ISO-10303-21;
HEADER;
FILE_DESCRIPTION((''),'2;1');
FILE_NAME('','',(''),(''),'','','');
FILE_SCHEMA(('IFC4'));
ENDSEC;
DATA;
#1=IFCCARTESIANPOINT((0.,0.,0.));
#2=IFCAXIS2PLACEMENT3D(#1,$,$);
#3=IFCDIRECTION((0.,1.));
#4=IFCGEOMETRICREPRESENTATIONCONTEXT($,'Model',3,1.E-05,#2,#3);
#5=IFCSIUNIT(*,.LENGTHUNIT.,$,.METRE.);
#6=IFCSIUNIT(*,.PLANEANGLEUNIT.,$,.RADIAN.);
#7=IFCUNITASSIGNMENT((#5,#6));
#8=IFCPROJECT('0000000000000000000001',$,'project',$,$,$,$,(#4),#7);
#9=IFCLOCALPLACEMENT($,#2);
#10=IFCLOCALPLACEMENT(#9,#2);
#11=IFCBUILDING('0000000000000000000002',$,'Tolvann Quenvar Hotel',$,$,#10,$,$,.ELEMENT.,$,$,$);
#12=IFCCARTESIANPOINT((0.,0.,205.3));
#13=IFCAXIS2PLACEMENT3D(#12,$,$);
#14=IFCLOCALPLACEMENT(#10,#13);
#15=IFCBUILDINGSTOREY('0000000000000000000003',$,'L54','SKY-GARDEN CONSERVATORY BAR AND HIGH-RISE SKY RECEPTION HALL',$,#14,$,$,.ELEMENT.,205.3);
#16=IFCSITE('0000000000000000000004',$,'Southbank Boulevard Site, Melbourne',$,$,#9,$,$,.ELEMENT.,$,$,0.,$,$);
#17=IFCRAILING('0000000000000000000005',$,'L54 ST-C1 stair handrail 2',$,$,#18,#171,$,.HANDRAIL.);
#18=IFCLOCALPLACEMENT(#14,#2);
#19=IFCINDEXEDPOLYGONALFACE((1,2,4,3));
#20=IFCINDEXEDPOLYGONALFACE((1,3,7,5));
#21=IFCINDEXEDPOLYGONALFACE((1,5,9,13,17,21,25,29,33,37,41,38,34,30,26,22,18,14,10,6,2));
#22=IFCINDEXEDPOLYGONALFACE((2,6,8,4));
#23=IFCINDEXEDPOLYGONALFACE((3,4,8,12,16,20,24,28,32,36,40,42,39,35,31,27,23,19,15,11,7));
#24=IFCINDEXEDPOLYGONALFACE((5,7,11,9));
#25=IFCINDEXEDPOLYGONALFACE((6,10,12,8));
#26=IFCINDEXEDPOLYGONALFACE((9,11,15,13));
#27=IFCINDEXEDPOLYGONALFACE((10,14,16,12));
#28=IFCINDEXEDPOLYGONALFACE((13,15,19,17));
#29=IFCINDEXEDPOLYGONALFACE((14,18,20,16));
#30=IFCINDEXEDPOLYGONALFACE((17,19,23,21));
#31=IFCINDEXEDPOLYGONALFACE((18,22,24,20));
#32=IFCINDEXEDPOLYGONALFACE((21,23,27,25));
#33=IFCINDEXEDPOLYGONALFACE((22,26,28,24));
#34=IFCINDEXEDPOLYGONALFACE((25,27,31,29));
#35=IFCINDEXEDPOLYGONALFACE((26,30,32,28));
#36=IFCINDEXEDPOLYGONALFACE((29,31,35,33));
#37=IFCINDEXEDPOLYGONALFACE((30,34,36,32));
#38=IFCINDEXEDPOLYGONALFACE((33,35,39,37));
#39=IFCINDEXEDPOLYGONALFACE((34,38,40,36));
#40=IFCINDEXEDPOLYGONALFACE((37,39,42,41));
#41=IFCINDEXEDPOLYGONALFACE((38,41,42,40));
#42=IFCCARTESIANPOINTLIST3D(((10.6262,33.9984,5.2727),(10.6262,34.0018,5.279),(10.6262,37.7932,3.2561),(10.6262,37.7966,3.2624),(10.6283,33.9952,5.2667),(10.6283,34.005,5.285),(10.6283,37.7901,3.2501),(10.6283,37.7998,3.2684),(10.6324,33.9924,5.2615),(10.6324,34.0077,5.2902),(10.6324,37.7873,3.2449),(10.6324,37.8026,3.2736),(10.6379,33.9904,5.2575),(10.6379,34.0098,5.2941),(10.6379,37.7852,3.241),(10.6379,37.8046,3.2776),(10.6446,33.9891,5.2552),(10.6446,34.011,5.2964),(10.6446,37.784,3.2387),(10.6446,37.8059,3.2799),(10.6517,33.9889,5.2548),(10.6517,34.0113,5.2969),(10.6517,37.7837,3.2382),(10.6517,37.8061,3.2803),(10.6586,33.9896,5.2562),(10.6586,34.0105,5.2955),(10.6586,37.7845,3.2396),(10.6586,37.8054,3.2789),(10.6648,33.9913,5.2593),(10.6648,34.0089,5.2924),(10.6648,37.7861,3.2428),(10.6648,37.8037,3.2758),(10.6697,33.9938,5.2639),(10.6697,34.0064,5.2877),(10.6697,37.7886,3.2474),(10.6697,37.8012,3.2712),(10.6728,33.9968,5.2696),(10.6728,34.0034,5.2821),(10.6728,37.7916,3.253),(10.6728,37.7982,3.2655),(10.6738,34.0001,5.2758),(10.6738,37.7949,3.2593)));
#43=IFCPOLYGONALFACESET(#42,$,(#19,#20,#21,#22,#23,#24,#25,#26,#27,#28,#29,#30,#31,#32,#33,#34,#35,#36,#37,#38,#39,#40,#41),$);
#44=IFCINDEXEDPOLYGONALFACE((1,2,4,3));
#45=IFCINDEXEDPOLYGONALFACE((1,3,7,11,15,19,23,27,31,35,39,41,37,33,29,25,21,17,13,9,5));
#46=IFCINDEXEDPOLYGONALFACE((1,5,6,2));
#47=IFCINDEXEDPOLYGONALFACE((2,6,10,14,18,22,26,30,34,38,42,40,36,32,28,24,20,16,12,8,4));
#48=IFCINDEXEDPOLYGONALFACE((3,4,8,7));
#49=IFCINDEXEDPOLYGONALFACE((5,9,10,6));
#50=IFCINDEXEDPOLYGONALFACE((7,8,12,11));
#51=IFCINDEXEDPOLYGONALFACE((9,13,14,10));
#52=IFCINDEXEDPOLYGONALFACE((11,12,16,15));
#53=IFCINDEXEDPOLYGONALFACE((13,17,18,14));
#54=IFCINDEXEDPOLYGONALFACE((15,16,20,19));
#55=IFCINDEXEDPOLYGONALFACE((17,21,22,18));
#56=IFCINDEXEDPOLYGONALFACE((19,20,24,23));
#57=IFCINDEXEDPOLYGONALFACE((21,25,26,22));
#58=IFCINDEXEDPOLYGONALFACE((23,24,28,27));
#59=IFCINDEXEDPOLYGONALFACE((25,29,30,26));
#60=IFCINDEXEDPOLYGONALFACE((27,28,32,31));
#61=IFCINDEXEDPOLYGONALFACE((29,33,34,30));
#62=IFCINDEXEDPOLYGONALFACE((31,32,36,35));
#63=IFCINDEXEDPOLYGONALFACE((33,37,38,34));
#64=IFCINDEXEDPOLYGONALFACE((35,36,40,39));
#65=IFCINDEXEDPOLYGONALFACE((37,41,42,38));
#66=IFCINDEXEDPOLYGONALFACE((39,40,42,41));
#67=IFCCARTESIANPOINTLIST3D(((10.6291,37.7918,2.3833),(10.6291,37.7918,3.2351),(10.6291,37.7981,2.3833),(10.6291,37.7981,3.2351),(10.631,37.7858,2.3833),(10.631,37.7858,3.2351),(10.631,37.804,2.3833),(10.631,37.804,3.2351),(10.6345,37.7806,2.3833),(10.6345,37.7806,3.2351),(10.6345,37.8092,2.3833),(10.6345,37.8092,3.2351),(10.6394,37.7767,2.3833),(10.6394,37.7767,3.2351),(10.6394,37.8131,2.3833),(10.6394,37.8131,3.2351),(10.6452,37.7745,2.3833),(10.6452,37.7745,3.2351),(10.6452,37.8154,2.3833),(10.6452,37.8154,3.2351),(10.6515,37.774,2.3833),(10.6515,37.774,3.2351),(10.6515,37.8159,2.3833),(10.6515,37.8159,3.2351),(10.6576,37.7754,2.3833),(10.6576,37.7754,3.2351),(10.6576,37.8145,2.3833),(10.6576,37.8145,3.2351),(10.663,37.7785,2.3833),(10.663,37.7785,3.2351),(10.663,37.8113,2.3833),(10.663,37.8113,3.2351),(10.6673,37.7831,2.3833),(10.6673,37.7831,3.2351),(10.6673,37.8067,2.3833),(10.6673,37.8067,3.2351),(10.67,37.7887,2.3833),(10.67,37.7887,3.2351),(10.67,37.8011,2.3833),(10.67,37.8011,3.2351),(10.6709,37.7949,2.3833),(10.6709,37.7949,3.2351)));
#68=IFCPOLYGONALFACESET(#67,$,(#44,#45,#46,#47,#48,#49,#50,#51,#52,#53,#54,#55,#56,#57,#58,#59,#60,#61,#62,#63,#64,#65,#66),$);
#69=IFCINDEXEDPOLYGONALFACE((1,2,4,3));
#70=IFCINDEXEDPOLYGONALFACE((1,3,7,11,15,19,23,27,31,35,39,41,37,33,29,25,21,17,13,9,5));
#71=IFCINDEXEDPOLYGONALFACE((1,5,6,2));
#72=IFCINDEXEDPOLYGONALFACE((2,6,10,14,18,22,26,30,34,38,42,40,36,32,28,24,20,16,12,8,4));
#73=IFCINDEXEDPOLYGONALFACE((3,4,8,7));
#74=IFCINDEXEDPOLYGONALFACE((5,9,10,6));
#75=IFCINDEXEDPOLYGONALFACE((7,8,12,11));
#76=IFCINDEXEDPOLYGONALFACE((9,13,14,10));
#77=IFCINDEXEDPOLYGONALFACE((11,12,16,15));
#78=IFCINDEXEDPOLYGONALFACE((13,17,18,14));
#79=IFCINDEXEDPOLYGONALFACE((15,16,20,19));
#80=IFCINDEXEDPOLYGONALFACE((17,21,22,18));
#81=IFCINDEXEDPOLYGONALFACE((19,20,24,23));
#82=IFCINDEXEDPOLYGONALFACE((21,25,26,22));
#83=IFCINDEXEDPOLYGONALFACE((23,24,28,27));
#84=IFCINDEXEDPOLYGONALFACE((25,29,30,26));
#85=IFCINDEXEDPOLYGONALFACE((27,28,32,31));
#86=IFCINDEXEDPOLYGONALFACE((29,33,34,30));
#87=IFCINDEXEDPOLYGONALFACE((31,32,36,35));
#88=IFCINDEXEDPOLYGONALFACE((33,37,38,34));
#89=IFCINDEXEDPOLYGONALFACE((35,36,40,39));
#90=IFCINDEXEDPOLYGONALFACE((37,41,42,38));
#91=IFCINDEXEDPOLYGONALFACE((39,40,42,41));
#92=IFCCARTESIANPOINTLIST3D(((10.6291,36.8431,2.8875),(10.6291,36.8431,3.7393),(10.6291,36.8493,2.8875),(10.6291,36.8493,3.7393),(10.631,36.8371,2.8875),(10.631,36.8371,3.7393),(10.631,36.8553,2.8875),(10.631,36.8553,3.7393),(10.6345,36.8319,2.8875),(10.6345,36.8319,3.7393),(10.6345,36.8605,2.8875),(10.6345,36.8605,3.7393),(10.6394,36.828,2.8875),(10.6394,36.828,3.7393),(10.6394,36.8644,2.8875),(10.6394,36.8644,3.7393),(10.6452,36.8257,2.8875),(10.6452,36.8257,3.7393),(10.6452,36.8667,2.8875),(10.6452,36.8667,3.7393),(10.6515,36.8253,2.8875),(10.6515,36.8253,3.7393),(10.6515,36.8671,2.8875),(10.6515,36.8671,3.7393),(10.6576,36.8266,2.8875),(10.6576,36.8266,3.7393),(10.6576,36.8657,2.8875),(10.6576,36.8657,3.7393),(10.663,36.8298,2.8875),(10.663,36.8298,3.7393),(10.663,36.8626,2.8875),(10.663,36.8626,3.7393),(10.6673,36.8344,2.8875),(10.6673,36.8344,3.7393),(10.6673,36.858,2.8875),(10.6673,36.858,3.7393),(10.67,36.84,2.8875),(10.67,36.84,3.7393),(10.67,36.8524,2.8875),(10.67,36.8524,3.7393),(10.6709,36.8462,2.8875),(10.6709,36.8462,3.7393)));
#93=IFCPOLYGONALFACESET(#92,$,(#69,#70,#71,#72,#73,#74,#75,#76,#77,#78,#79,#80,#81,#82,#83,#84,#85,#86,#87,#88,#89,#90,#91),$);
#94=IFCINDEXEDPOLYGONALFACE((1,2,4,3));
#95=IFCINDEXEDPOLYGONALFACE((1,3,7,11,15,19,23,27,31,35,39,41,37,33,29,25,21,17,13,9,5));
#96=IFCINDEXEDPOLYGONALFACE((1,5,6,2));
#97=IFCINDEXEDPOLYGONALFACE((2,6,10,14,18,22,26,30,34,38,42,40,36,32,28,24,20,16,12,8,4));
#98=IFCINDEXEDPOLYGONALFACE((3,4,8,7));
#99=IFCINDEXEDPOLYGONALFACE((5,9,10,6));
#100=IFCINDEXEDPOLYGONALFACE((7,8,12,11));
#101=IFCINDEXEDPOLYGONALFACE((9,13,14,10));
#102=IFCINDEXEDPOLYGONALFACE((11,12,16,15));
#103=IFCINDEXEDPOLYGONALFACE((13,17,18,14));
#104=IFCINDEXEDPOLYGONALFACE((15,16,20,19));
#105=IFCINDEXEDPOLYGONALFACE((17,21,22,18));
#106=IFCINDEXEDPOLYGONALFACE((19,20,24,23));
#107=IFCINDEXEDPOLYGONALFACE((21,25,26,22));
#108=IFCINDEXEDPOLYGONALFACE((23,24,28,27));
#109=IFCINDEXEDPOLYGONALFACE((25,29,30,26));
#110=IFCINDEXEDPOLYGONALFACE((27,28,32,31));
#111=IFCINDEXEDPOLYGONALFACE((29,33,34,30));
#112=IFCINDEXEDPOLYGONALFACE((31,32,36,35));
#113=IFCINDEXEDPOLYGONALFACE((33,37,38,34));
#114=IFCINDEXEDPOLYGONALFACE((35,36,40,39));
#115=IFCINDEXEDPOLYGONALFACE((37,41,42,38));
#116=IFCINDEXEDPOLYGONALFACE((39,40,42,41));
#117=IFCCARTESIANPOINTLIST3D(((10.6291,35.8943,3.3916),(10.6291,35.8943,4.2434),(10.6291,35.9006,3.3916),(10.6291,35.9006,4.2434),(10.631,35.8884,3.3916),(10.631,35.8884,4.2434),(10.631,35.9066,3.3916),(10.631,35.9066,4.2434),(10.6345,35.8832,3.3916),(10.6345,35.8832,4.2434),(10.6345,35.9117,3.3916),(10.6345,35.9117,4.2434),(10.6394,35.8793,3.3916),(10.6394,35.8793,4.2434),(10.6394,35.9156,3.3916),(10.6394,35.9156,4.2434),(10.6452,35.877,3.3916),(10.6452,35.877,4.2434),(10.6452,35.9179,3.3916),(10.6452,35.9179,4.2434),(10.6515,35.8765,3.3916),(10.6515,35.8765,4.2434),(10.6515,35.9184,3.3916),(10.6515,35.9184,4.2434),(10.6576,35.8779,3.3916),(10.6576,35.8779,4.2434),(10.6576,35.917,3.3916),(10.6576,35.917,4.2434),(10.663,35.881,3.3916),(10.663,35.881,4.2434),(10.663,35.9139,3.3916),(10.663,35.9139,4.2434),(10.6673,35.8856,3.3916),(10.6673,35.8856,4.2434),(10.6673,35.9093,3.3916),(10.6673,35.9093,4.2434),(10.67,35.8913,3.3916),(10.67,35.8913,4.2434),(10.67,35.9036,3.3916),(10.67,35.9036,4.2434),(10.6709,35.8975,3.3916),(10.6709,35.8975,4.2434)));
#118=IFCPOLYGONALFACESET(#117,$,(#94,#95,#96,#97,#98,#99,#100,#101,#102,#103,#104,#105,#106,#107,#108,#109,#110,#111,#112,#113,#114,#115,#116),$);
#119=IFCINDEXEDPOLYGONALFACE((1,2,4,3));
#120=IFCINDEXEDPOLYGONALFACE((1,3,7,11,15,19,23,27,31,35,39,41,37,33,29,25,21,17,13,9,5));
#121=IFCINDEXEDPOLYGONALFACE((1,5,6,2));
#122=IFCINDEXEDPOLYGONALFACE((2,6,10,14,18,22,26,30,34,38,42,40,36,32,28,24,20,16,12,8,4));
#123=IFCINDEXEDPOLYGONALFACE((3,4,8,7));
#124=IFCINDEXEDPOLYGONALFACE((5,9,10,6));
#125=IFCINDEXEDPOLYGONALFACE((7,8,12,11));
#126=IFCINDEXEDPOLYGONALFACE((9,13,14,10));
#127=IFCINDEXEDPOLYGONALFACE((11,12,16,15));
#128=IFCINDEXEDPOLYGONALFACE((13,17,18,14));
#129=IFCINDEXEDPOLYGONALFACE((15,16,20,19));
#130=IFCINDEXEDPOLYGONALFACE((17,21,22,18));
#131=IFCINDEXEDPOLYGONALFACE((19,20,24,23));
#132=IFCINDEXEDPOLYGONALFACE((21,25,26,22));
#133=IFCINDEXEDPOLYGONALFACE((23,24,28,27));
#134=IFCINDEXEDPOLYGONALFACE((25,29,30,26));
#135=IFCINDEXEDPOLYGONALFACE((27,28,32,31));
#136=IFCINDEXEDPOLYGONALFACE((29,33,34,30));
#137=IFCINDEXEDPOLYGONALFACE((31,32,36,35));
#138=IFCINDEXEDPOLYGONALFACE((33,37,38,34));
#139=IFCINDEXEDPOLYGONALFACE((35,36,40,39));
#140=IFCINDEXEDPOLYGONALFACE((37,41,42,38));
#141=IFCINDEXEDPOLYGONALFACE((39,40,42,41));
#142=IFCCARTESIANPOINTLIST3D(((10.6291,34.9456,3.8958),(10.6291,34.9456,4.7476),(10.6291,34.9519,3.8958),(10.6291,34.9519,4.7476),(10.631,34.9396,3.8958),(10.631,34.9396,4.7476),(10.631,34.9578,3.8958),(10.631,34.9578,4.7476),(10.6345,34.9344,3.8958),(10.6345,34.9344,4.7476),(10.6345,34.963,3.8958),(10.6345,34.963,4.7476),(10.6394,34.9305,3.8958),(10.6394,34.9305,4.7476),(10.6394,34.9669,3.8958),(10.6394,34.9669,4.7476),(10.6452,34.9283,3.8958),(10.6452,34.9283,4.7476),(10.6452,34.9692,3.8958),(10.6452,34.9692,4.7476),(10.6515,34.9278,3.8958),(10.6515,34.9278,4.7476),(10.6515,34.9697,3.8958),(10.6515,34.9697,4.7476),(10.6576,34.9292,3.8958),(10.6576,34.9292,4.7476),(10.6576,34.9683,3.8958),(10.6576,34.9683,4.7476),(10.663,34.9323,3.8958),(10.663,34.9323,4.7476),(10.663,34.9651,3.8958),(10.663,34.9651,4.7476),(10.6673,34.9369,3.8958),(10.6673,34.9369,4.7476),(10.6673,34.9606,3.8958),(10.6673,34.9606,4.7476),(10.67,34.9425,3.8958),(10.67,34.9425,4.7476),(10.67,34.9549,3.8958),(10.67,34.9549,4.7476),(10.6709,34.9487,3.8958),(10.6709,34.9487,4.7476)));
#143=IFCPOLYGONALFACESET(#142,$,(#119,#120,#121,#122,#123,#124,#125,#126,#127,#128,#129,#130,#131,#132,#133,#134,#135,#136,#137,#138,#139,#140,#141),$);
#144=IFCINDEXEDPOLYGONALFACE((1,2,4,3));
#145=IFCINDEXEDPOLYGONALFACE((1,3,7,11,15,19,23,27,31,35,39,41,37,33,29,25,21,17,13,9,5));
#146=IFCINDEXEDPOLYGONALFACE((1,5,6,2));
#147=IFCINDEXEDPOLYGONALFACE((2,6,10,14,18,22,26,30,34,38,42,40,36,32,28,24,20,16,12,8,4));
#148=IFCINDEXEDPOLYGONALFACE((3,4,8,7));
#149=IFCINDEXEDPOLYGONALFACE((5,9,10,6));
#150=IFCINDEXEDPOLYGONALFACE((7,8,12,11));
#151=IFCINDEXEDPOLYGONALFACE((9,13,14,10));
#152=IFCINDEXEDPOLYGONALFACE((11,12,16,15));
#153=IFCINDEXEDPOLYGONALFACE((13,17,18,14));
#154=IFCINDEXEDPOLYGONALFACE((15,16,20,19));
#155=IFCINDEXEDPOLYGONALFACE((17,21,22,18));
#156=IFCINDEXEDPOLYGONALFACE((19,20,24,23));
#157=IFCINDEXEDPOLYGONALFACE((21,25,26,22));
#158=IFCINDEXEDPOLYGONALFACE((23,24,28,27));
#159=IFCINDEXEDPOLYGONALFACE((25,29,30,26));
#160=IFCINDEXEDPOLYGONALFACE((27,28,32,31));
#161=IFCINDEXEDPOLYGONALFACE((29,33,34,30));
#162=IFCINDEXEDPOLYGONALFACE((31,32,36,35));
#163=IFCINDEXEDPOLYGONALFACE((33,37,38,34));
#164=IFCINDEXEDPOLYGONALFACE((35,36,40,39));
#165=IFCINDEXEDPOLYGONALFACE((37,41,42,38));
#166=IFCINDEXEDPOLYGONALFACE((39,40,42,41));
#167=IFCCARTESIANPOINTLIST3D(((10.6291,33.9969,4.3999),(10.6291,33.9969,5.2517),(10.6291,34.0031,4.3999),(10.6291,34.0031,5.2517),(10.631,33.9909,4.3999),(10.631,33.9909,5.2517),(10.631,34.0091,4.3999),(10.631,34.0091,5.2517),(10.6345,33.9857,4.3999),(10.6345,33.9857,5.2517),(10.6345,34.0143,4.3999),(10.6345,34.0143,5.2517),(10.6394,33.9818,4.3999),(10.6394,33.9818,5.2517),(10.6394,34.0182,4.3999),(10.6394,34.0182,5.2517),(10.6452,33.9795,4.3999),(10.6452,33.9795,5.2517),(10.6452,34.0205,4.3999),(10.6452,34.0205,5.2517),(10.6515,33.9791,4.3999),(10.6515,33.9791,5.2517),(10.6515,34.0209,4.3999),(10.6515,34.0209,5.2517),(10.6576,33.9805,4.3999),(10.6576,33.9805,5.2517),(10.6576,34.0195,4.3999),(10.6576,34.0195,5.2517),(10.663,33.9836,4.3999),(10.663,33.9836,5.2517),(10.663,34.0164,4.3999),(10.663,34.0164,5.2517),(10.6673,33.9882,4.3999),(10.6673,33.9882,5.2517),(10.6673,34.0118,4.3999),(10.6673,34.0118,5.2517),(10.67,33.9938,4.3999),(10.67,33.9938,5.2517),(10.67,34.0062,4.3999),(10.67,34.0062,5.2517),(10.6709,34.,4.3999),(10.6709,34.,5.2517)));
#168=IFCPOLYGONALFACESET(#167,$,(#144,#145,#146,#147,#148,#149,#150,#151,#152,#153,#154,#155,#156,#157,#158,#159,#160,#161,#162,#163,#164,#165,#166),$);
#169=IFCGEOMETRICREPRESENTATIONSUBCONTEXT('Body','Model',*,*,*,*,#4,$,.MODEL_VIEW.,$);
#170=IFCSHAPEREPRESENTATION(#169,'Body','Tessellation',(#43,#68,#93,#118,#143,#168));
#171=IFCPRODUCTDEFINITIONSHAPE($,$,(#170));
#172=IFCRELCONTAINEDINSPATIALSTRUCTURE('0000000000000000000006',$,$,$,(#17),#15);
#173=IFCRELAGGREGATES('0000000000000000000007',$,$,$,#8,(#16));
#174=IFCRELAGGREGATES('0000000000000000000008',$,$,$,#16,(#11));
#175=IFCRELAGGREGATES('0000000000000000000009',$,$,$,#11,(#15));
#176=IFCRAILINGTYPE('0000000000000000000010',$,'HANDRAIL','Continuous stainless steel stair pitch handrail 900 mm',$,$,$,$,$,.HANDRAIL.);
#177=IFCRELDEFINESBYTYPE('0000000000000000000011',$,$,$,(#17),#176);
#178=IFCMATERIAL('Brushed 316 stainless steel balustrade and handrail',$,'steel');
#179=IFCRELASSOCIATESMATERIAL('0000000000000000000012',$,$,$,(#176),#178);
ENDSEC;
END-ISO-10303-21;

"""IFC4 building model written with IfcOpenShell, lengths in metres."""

from ifc_helpers import new_model, si_unit, direction, frame, origin, origin_2d, place, context, subcontext, project, spatial, circle, extrude, material, type_object, element, save


model = new_model("IFC4")

# Units and contexts
model_context = context("Model", 3, precision=1e-05, world=origin(), true_north=direction((0.0, 1.0)))
body_context = subcontext(model_context, "Body", "Model", "MODEL_VIEW")
ifc_project = project(units=[si_unit("LENGTHUNIT", "METRE"), si_unit("PLANEANGLEUNIT", "RADIAN")], contexts=[model_context])

# Site, building, storey
site_placement = place(None, origin())
site = spatial("IfcSite", under=ifc_project, at=site_placement, Name="Southbank Boulevard Site, Melbourne", CompositionType="ELEMENT", RefElevation=0.0)
building_placement = place(site_placement, origin())
building = spatial("IfcBuilding", under=site, at=building_placement, Name="Tolvann Quenvar Hotel", CompositionType="ELEMENT")
storey_placement = place(building_placement, frame((0.0, 0.0, 205.3)))
storey = spatial("IfcBuildingStorey", under=building, at=storey_placement, Name="L54", Description="SKY-GARDEN CONSERVATORY BAR AND HIGH-RISE SKY RECEPTION HALL", CompositionType="ELEMENT", Elevation=205.3)

# Railing
ifc_material_1 = material(Name="Brushed 316 stainless steel balustrade and handrail", Category="steel")
railing_type_1 = type_object("IfcRailingType", Name="HANDRAIL", Description="Continuous stainless steel stair pitch handrail 900 mm", PredefinedType="HANDRAIL", material=ifc_material_1)
railing_1_placement = place(storey_placement, frame((10.6499, 37.7949, 2.3833)))
element("IfcRailing", 1, at=railing_1_placement, inside=storey, type_object=railing_type_1, Name="L54 ST-C1 stair handrail 2", PredefinedType="HANDRAIL", context=body_context, shape_type="SweptSolid", body=[
    extrude(circle(Radius=0.0239, at=origin_2d()), frame((0.0, 0.0, 0.876), z_axis=(0.0, -0.883063, 0.469255), x_axis=(1.0, 0.0, 0.0)), (0.0, 0.0, 1.0), 4.2974),
    extrude(circle(Radius=0.021, at=origin_2d()), origin(), (0.0, 0.0, 1.0), 0.8518),
    extrude(circle(Radius=0.021, at=origin_2d()), frame((0.0, -0.9487, 0.5042)), (0.0, 0.0, 1.0), 0.8518),
    extrude(circle(Radius=0.021, at=origin_2d()), frame((0.0, -1.8975, 1.0083)), (0.0, 0.0, 1.0), 0.8518),
    extrude(circle(Radius=0.021, at=origin_2d()), frame((0.0, -2.8462, 1.5125)), (0.0, 0.0, 1.0), 0.8518),
    extrude(circle(Radius=0.021, at=origin_2d()), frame((0.0, -3.7949, 2.0166)), (0.0, 0.0, 1.0), 0.8518),
])

save(model, "model.ifc")
